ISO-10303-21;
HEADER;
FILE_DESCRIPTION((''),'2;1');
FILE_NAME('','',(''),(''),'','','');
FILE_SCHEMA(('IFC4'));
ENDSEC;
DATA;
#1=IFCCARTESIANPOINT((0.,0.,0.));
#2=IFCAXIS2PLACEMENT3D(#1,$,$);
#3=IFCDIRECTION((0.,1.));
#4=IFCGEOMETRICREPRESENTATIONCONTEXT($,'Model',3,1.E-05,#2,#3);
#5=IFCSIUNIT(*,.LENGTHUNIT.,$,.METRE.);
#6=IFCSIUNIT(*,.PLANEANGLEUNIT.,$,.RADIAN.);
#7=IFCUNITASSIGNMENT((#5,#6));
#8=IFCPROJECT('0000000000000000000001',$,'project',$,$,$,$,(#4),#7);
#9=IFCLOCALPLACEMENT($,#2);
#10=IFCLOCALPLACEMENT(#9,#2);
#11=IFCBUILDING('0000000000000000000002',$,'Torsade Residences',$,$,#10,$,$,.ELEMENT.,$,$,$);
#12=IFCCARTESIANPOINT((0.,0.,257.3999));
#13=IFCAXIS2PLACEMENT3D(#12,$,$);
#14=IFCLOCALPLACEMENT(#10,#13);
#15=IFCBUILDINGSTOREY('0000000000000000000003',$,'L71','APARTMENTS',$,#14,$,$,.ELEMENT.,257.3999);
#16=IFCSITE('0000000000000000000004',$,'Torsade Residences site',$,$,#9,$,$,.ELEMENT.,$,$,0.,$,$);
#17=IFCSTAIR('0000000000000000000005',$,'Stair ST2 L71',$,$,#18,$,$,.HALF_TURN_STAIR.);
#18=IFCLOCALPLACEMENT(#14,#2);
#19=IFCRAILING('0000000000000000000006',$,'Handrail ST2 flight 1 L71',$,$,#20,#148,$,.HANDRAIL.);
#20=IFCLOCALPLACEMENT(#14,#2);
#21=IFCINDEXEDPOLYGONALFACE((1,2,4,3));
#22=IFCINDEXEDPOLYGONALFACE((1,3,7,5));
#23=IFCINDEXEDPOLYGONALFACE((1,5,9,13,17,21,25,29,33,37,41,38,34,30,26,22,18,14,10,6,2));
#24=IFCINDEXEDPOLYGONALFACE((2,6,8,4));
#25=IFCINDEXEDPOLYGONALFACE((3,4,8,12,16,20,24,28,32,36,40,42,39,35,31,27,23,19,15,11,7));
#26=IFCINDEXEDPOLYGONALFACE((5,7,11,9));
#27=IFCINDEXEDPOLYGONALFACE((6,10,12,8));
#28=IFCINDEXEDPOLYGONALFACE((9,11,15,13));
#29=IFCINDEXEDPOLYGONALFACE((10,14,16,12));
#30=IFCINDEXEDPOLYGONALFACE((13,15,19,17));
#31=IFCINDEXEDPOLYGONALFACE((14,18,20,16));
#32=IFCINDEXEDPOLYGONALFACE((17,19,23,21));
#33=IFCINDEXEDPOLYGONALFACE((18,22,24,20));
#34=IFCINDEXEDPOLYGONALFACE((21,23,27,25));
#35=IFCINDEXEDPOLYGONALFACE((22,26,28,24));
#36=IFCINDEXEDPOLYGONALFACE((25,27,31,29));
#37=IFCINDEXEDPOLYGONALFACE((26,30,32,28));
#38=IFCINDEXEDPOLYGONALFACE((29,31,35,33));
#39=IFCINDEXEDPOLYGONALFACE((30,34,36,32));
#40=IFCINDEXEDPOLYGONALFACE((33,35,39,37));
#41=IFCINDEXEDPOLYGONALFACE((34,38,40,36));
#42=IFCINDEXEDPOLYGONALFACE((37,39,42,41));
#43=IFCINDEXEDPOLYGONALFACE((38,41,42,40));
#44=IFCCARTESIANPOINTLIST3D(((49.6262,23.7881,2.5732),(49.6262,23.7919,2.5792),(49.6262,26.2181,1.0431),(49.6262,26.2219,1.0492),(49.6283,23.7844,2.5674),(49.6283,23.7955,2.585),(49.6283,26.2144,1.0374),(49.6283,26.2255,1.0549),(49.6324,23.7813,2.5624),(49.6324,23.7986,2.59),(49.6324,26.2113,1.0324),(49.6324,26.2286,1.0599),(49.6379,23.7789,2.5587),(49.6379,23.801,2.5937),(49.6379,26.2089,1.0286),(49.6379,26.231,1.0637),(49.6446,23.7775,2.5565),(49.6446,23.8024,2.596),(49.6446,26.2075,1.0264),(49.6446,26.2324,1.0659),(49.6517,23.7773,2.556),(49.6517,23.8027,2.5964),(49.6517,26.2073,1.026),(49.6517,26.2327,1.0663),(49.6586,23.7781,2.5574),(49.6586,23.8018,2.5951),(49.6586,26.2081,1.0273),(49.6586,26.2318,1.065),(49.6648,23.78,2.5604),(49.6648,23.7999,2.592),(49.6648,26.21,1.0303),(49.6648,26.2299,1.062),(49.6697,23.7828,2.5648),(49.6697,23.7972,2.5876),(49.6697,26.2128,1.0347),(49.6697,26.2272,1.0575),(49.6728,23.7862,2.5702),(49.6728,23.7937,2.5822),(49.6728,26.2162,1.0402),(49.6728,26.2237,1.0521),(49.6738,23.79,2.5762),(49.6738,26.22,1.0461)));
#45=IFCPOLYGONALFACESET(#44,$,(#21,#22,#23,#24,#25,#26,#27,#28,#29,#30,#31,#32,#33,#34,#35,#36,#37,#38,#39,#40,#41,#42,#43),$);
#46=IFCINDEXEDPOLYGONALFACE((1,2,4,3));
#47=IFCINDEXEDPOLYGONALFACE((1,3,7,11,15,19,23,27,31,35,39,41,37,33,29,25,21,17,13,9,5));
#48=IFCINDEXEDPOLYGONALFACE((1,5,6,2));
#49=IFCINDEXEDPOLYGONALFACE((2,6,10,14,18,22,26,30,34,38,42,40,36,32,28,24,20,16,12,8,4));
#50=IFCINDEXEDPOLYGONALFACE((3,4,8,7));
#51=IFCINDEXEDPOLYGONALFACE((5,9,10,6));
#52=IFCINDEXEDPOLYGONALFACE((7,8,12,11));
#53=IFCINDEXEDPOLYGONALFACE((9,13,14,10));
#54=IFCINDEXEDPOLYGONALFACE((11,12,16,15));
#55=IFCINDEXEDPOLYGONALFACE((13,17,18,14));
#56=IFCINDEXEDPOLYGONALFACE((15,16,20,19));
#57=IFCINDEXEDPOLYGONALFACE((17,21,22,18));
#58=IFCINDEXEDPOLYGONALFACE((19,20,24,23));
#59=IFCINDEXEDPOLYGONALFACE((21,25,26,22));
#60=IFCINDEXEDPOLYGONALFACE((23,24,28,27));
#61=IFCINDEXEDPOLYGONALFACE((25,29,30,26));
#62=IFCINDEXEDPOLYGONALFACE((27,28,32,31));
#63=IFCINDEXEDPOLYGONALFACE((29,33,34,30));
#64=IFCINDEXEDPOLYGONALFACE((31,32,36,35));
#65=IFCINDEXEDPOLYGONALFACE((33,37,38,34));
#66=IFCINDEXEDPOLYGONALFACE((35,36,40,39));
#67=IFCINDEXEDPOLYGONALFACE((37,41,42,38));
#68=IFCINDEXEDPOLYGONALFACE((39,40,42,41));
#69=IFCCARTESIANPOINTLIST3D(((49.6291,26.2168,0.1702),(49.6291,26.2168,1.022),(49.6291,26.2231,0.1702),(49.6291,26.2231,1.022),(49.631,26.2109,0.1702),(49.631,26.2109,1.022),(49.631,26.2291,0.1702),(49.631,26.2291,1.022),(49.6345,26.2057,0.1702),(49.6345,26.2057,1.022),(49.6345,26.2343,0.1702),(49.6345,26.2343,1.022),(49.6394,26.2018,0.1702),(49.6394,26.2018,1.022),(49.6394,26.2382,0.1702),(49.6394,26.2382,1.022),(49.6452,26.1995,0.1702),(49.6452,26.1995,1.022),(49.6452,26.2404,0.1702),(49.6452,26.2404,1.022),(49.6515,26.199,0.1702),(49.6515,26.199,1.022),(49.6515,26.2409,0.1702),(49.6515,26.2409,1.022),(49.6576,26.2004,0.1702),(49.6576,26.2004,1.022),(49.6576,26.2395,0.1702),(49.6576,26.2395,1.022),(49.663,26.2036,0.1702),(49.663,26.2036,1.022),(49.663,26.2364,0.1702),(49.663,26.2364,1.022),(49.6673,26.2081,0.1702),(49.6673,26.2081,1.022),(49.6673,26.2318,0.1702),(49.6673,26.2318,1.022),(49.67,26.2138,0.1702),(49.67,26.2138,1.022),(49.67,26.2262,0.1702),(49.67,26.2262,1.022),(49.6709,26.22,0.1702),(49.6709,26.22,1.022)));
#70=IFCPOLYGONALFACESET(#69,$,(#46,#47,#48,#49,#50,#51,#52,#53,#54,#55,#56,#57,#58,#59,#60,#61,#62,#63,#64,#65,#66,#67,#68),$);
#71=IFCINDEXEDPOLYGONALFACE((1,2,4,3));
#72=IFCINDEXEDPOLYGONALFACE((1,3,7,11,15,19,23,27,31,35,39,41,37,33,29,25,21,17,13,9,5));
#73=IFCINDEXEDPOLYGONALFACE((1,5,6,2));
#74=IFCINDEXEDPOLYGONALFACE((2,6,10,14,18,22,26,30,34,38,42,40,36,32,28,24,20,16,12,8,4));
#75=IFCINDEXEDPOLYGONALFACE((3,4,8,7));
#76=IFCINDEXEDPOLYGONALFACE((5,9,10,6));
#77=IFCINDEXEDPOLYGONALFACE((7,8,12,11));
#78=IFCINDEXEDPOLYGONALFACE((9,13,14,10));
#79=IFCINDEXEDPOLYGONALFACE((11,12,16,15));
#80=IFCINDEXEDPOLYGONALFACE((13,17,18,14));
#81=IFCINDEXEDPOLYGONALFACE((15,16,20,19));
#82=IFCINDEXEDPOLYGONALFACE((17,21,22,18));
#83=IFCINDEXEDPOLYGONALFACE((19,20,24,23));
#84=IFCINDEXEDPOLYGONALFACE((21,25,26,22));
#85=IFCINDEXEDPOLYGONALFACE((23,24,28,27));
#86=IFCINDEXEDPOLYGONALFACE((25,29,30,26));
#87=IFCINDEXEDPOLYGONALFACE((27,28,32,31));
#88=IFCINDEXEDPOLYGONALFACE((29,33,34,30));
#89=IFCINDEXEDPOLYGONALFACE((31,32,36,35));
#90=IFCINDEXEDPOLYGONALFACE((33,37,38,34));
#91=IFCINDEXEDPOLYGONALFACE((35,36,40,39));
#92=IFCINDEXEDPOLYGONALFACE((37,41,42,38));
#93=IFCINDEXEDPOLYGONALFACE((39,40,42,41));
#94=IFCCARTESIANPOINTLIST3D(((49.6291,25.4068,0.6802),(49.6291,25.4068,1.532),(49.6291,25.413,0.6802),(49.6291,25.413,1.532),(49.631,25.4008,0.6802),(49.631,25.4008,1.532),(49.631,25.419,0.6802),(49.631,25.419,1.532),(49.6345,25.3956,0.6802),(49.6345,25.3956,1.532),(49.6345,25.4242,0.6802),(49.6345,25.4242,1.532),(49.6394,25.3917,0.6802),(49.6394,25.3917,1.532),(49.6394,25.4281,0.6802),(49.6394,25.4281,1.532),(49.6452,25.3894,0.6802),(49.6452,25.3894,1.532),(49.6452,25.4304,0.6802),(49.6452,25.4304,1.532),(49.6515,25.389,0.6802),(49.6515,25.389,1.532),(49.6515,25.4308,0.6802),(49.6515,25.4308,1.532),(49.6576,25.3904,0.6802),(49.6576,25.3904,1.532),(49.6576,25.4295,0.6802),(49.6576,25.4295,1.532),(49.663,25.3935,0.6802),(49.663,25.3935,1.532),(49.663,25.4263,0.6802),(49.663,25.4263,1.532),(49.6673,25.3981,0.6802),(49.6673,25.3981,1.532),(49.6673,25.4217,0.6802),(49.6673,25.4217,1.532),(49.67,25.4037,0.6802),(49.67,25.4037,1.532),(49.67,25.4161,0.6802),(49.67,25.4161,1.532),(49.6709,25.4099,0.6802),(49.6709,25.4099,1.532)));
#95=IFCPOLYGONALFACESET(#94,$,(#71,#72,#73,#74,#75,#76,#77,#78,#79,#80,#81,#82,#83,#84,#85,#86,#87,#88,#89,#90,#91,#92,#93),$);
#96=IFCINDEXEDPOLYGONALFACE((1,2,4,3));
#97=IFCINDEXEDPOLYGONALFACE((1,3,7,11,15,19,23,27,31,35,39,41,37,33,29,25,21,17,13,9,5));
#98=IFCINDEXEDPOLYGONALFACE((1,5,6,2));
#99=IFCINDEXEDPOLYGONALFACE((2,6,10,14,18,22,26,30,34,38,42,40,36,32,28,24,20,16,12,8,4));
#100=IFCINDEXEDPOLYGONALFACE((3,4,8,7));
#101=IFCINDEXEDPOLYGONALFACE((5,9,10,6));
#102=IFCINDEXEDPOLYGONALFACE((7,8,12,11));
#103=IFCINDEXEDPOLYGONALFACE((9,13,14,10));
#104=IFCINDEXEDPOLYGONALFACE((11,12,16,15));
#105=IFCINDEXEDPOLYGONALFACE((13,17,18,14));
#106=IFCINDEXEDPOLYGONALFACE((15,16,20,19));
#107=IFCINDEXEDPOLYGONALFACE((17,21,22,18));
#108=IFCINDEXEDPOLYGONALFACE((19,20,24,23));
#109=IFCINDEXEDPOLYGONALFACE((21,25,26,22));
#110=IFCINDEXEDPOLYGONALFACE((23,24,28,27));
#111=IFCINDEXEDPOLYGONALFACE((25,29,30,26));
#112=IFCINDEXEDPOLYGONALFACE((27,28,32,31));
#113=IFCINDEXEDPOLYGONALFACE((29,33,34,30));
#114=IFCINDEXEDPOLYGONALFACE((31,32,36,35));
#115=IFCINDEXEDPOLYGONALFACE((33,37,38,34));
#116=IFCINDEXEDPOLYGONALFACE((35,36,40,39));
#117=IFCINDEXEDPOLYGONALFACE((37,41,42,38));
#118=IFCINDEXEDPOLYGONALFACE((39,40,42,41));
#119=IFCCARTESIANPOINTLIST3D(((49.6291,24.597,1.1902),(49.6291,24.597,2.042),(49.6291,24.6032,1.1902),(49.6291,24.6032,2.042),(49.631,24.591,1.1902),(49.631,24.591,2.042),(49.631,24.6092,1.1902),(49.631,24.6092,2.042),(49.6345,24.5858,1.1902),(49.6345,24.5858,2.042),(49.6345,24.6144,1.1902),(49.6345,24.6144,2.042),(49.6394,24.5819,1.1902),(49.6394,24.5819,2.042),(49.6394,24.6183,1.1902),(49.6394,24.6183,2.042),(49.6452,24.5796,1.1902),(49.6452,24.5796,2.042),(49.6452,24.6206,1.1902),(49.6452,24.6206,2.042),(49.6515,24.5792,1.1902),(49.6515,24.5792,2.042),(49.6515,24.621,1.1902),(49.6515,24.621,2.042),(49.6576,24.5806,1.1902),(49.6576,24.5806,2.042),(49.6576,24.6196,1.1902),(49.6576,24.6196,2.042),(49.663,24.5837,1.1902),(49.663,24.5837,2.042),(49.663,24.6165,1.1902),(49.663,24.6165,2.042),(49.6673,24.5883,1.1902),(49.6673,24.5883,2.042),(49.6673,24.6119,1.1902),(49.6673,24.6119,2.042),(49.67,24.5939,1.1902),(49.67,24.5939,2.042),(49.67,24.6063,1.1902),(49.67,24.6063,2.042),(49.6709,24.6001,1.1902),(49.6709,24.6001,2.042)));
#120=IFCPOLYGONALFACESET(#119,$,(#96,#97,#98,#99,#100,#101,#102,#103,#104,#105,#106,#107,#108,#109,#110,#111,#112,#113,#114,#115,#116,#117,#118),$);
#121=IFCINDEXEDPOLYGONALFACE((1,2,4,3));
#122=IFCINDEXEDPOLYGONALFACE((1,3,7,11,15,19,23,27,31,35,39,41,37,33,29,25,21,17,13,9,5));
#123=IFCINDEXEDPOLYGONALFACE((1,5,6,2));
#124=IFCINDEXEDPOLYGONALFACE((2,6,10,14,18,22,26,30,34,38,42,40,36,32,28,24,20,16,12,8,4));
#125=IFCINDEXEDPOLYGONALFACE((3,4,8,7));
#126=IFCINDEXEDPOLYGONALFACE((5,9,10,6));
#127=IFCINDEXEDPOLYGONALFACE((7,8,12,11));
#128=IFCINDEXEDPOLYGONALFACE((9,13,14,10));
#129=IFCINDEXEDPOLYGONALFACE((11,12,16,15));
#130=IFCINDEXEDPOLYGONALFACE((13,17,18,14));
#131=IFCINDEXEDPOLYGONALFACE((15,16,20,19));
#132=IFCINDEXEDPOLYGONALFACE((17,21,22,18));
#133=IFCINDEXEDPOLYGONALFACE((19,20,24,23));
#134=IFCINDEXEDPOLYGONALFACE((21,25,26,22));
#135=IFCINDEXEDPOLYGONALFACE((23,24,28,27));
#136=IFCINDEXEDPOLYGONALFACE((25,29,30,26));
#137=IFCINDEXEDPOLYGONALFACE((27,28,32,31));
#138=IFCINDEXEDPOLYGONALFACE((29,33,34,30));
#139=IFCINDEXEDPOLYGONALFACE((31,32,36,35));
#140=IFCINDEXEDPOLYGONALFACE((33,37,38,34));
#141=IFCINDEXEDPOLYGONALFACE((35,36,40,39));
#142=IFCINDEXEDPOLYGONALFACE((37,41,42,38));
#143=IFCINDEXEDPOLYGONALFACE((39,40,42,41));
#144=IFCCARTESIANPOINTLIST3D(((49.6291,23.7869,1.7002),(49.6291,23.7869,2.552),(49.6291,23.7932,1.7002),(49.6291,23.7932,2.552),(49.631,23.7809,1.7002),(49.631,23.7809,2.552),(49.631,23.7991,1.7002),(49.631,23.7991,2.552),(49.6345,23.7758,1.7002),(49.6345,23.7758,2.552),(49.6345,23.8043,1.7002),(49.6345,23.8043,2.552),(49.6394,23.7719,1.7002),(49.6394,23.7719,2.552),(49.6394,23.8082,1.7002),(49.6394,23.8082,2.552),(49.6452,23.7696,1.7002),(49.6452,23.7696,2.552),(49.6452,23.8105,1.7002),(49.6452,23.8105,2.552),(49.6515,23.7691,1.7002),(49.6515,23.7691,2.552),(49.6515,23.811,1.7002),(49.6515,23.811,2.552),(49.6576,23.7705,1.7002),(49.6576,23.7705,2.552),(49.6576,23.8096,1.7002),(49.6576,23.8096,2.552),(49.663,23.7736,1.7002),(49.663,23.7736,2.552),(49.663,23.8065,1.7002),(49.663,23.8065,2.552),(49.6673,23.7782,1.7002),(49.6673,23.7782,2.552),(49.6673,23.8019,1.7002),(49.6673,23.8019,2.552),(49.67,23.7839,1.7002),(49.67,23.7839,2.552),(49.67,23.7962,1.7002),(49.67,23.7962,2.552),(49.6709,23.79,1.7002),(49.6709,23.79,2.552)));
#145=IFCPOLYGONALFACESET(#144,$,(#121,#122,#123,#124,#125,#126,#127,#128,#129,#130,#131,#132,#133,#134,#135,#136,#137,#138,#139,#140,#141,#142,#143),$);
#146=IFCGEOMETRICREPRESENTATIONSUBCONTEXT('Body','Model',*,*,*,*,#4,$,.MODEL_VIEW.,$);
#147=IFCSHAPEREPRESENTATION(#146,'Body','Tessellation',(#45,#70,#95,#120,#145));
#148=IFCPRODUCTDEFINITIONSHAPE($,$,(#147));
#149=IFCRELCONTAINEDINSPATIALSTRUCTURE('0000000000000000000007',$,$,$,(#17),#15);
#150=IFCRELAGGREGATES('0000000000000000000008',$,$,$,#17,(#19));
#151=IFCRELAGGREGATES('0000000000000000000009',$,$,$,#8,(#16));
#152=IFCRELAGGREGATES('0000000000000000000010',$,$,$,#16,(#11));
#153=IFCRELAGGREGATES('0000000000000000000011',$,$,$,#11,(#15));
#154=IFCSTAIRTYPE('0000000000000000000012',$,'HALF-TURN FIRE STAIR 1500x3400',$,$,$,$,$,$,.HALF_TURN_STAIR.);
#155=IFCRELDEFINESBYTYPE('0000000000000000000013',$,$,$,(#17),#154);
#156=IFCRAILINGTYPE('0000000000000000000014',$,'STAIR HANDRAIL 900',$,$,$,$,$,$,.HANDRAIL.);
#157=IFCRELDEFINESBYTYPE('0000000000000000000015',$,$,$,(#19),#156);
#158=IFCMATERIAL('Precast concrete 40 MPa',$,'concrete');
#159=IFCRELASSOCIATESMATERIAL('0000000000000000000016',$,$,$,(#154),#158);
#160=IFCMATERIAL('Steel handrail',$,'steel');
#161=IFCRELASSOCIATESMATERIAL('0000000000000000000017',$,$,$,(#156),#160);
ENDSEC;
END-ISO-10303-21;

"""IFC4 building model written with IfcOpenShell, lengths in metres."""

from ifc_helpers import new_model, si_unit, direction, frame, origin, origin_2d, place, context, subcontext, project, spatial, circle, extrude, material, type_object, element, aggregate, save


model = new_model("IFC4")

# Units and contexts
model_context = context("Model", 3, precision=1e-05, world=origin(), true_north=direction((0.0, 1.0)))
body_context = subcontext(model_context, "Body", "Model", "MODEL_VIEW")
ifc_project = project(units=[si_unit("LENGTHUNIT", "METRE"), si_unit("PLANEANGLEUNIT", "RADIAN")], contexts=[model_context])

# Site, building, storey
site_placement = place(None, origin())
site = spatial("IfcSite", under=ifc_project, at=site_placement, Name="Torsade Residences site", CompositionType="ELEMENT", RefElevation=0.0)
building_placement = place(site_placement, origin())
building = spatial("IfcBuilding", under=site, at=building_placement, Name="Torsade Residences", CompositionType="ELEMENT")
storey_placement = place(building_placement, frame((0.0, 0.0, 257.3999)))
storey = spatial("IfcBuildingStorey", under=building, at=storey_placement, Name="L71", Description="APARTMENTS", CompositionType="ELEMENT", Elevation=257.3999)

# Stair, railing
ifc_material_1 = material(Name="Precast concrete 40 MPa", Category="concrete")
stair_type = type_object("IfcStairType", Name="HALF-TURN FIRE STAIR 1500x3400", PredefinedType="HALF_TURN_STAIR", material=ifc_material_1)
stair_placement = place(storey_placement, origin())
stair = element("IfcStair", 1, at=stair_placement, inside=storey, type_object=stair_type, Name="Stair ST2 L71", PredefinedType="HALF_TURN_STAIR")
ifc_material_2 = material(Name="Steel handrail", Category="steel")
railing_type = type_object("IfcRailingType", Name="STAIR HANDRAIL 900", PredefinedType="HANDRAIL", material=ifc_material_2)
railing_1_placement = place(storey_placement, frame((49.6499, 26.22, 0.1702)))
railing_1 = element("IfcRailing", 2, at=railing_1_placement, type_object=railing_type, Name="Handrail ST2 flight 1 L71", PredefinedType="HANDRAIL", context=body_context, shape_type="SweptSolid", body=[
    extrude(circle(Radius=0.0239, at=origin_2d()), frame((0.0, 0.0, 0.876), z_axis=(0.0, -0.846221, 0.532831), x_axis=(1.0, 0.0, 0.0)), (0.0, 0.0, 1.0), 2.8716),
    extrude(circle(Radius=0.021, at=origin_2d()), origin(), (0.0, 0.0, 1.0), 0.8518),
    extrude(circle(Radius=0.021, at=origin_2d()), frame((0.0, -0.8101, 0.51)), (0.0, 0.0, 1.0), 0.8518),
    extrude(circle(Radius=0.021, at=origin_2d()), frame((0.0, -1.6199, 1.02)), (0.0, 0.0, 1.0), 0.8518),
    extrude(circle(Radius=0.021, at=origin_2d()), frame((0.0, -2.4299, 1.53)), (0.0, 0.0, 1.0), 0.8518),
])
aggregate(stair, [railing_1])

save(model, "model.ifc")
